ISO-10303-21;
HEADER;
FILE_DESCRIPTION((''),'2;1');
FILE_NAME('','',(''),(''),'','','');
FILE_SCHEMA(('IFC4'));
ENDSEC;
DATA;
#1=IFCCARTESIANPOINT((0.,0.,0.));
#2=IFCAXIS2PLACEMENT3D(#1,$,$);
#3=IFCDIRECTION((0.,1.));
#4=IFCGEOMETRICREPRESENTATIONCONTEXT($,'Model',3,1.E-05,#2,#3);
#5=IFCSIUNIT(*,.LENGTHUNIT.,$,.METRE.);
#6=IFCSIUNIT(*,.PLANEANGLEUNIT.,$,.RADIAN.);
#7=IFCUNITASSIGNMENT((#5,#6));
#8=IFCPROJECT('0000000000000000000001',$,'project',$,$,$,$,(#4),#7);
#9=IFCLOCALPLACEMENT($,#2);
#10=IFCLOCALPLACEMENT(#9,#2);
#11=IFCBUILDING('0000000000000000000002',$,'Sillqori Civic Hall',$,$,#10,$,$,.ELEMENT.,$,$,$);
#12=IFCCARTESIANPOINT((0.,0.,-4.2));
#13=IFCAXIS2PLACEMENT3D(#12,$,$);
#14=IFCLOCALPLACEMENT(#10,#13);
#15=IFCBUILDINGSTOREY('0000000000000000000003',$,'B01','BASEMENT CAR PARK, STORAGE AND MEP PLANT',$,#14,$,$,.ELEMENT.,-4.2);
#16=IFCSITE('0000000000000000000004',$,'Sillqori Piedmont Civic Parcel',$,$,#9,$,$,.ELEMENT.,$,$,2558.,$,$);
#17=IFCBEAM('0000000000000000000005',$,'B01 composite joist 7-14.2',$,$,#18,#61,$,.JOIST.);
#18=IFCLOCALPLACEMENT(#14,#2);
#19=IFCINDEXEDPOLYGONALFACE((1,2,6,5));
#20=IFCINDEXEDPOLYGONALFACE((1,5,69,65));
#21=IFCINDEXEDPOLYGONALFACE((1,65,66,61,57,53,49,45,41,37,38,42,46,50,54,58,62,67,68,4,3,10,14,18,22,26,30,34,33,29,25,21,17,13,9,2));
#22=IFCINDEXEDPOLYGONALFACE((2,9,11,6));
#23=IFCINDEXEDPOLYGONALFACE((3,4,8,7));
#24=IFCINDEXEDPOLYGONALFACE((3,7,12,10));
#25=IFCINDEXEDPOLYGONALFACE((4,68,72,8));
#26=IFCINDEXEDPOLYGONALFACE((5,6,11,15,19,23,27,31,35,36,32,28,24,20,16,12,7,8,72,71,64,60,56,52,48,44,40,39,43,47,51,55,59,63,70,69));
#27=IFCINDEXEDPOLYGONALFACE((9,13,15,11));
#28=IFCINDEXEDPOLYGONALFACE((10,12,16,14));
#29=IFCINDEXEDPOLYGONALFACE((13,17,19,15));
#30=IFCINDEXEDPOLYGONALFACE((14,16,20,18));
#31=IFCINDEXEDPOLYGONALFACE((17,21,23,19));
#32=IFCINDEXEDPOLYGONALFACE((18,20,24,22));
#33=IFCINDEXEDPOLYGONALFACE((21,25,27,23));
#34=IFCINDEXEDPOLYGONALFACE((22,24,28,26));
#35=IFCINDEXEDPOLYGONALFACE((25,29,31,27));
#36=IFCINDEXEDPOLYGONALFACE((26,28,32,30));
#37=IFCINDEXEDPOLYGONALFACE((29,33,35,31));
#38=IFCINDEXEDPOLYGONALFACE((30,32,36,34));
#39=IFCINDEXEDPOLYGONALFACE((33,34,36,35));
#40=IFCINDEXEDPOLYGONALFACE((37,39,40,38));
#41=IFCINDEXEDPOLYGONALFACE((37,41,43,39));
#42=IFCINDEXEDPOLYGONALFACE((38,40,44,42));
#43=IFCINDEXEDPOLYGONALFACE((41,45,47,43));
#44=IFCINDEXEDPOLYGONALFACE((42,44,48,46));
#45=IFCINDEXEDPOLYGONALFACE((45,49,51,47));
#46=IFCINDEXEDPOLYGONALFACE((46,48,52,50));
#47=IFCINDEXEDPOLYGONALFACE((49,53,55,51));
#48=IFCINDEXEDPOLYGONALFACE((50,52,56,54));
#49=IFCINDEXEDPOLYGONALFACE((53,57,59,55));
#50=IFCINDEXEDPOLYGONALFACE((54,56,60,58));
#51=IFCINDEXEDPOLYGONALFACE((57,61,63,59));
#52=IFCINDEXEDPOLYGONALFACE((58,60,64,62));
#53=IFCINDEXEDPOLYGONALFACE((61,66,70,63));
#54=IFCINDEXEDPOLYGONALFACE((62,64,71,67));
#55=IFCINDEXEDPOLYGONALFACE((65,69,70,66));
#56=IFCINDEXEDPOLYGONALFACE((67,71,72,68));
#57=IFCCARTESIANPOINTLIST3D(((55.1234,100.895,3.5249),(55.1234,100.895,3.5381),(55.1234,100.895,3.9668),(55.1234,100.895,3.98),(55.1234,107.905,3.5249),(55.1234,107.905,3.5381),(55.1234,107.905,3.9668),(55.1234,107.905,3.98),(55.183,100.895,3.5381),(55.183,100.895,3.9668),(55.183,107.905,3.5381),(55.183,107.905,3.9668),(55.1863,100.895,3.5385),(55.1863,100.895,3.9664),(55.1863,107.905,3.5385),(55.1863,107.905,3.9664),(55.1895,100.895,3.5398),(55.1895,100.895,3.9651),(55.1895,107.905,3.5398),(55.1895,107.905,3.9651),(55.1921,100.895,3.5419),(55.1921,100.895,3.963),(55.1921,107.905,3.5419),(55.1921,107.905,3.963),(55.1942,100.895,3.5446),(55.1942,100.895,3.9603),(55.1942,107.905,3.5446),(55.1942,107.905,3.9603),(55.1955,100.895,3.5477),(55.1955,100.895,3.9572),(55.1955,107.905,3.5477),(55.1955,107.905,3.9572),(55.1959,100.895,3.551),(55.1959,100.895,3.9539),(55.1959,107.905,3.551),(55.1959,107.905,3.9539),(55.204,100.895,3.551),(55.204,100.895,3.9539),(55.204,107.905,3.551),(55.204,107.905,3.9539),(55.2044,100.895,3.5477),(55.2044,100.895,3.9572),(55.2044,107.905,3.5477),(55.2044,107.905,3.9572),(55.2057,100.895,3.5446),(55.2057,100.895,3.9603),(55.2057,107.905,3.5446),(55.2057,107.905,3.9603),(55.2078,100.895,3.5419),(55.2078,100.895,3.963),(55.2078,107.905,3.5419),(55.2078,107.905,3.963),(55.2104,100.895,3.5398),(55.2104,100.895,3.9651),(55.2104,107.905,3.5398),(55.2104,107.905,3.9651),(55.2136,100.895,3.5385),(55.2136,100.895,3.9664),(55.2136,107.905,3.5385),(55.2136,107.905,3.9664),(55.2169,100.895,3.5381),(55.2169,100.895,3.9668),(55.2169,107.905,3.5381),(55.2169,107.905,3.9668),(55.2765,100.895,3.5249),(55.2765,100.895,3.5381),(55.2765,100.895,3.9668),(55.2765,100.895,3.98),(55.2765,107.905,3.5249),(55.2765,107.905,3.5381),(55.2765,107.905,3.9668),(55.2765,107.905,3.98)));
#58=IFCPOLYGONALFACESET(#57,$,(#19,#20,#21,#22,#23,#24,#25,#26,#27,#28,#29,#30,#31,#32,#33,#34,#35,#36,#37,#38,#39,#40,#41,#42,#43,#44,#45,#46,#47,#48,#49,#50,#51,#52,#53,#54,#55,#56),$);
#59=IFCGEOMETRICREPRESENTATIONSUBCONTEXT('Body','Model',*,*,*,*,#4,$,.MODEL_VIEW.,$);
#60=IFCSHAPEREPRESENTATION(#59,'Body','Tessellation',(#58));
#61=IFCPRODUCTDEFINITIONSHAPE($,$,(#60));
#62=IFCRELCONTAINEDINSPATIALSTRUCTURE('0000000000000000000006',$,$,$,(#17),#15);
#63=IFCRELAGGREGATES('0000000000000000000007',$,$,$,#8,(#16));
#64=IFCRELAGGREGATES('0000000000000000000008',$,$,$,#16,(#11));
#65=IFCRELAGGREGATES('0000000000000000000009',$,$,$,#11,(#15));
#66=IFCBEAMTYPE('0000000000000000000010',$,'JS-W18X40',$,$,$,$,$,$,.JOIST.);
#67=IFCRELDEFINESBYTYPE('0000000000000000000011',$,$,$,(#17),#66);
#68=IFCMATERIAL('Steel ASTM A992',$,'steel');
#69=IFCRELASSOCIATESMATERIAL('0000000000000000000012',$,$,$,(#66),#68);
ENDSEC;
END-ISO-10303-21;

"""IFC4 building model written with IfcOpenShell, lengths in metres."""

from ifc_helpers import new_model, si_unit, direction, frame, origin, origin_2d, place, context, subcontext, project, spatial, i_section, extrude, material, material_profile, profile_set, type_object, element, save


model = new_model("IFC4")

# Units and contexts
model_context = context("Model", 3, precision=1e-05, world=origin(), true_north=direction((0.0, 1.0)))
body_context = subcontext(model_context, "Body", "Model", "MODEL_VIEW")
ifc_project = project(units=[si_unit("LENGTHUNIT", "METRE"), si_unit("PLANEANGLEUNIT", "RADIAN")], contexts=[model_context])

# Site, building, storey
site_placement = place(None, origin())
site = spatial("IfcSite", under=ifc_project, at=site_placement, Name="Sillqori Piedmont Civic Parcel", CompositionType="ELEMENT", RefElevation=2558.0)
building_placement = place(site_placement, origin())
building = spatial("IfcBuilding", under=site, at=building_placement, Name="Sillqori Civic Hall", CompositionType="ELEMENT")
storey_placement = place(building_placement, frame((0.0, 0.0, -4.2)))
storey = spatial("IfcBuildingStorey", under=building, at=storey_placement, Name="B01", Description="BASEMENT CAR PARK, STORAGE AND MEP PLANT", CompositionType="ELEMENT", Elevation=-4.2)

# Shared definitions
ifc_material_1 = material(Name="Steel ASTM A992", Category="steel")

# Beam
ifc_material_profile_1 = material_profile(ifc_material_1, i_section(OverallWidth=0.1531, OverallDepth=0.4551, WebThickness=0.0081, FlangeThickness=0.0132, FilletRadius=0.0129, at=origin_2d()), Name="W18X40")
ifc_profile_set_1 = profile_set([ifc_material_profile_1], Name="Steel ASTM A992")
beam_type_1 = type_object("IfcBeamType", Name="JS-W18X40", PredefinedType="JOIST", material=ifc_profile_set_1)
for number, where, z_axis, x_axis, name in (
    (1, (55.2, 100.895, 3.7524), (0.0, 1.0, 0.0), (-1.0, 0.0, 0.0), "B01 composite joist 7-14.2"),
):
    element("IfcBeam", number, at=place(storey_placement, frame(where, z_axis=z_axis, x_axis=x_axis)), inside=storey, type_object=beam_type_1, Name=name, PredefinedType="JOIST", context=body_context, shape_type="SweptSolid", body=[
        extrude(i_section(OverallWidth=0.1531, OverallDepth=0.4551, WebThickness=0.0081, FlangeThickness=0.0132, FilletRadius=0.0129, at=origin_2d()), origin(), (0.0, 0.0, 1.0), 7.01),
    ])

save(model, "model.ifc")
